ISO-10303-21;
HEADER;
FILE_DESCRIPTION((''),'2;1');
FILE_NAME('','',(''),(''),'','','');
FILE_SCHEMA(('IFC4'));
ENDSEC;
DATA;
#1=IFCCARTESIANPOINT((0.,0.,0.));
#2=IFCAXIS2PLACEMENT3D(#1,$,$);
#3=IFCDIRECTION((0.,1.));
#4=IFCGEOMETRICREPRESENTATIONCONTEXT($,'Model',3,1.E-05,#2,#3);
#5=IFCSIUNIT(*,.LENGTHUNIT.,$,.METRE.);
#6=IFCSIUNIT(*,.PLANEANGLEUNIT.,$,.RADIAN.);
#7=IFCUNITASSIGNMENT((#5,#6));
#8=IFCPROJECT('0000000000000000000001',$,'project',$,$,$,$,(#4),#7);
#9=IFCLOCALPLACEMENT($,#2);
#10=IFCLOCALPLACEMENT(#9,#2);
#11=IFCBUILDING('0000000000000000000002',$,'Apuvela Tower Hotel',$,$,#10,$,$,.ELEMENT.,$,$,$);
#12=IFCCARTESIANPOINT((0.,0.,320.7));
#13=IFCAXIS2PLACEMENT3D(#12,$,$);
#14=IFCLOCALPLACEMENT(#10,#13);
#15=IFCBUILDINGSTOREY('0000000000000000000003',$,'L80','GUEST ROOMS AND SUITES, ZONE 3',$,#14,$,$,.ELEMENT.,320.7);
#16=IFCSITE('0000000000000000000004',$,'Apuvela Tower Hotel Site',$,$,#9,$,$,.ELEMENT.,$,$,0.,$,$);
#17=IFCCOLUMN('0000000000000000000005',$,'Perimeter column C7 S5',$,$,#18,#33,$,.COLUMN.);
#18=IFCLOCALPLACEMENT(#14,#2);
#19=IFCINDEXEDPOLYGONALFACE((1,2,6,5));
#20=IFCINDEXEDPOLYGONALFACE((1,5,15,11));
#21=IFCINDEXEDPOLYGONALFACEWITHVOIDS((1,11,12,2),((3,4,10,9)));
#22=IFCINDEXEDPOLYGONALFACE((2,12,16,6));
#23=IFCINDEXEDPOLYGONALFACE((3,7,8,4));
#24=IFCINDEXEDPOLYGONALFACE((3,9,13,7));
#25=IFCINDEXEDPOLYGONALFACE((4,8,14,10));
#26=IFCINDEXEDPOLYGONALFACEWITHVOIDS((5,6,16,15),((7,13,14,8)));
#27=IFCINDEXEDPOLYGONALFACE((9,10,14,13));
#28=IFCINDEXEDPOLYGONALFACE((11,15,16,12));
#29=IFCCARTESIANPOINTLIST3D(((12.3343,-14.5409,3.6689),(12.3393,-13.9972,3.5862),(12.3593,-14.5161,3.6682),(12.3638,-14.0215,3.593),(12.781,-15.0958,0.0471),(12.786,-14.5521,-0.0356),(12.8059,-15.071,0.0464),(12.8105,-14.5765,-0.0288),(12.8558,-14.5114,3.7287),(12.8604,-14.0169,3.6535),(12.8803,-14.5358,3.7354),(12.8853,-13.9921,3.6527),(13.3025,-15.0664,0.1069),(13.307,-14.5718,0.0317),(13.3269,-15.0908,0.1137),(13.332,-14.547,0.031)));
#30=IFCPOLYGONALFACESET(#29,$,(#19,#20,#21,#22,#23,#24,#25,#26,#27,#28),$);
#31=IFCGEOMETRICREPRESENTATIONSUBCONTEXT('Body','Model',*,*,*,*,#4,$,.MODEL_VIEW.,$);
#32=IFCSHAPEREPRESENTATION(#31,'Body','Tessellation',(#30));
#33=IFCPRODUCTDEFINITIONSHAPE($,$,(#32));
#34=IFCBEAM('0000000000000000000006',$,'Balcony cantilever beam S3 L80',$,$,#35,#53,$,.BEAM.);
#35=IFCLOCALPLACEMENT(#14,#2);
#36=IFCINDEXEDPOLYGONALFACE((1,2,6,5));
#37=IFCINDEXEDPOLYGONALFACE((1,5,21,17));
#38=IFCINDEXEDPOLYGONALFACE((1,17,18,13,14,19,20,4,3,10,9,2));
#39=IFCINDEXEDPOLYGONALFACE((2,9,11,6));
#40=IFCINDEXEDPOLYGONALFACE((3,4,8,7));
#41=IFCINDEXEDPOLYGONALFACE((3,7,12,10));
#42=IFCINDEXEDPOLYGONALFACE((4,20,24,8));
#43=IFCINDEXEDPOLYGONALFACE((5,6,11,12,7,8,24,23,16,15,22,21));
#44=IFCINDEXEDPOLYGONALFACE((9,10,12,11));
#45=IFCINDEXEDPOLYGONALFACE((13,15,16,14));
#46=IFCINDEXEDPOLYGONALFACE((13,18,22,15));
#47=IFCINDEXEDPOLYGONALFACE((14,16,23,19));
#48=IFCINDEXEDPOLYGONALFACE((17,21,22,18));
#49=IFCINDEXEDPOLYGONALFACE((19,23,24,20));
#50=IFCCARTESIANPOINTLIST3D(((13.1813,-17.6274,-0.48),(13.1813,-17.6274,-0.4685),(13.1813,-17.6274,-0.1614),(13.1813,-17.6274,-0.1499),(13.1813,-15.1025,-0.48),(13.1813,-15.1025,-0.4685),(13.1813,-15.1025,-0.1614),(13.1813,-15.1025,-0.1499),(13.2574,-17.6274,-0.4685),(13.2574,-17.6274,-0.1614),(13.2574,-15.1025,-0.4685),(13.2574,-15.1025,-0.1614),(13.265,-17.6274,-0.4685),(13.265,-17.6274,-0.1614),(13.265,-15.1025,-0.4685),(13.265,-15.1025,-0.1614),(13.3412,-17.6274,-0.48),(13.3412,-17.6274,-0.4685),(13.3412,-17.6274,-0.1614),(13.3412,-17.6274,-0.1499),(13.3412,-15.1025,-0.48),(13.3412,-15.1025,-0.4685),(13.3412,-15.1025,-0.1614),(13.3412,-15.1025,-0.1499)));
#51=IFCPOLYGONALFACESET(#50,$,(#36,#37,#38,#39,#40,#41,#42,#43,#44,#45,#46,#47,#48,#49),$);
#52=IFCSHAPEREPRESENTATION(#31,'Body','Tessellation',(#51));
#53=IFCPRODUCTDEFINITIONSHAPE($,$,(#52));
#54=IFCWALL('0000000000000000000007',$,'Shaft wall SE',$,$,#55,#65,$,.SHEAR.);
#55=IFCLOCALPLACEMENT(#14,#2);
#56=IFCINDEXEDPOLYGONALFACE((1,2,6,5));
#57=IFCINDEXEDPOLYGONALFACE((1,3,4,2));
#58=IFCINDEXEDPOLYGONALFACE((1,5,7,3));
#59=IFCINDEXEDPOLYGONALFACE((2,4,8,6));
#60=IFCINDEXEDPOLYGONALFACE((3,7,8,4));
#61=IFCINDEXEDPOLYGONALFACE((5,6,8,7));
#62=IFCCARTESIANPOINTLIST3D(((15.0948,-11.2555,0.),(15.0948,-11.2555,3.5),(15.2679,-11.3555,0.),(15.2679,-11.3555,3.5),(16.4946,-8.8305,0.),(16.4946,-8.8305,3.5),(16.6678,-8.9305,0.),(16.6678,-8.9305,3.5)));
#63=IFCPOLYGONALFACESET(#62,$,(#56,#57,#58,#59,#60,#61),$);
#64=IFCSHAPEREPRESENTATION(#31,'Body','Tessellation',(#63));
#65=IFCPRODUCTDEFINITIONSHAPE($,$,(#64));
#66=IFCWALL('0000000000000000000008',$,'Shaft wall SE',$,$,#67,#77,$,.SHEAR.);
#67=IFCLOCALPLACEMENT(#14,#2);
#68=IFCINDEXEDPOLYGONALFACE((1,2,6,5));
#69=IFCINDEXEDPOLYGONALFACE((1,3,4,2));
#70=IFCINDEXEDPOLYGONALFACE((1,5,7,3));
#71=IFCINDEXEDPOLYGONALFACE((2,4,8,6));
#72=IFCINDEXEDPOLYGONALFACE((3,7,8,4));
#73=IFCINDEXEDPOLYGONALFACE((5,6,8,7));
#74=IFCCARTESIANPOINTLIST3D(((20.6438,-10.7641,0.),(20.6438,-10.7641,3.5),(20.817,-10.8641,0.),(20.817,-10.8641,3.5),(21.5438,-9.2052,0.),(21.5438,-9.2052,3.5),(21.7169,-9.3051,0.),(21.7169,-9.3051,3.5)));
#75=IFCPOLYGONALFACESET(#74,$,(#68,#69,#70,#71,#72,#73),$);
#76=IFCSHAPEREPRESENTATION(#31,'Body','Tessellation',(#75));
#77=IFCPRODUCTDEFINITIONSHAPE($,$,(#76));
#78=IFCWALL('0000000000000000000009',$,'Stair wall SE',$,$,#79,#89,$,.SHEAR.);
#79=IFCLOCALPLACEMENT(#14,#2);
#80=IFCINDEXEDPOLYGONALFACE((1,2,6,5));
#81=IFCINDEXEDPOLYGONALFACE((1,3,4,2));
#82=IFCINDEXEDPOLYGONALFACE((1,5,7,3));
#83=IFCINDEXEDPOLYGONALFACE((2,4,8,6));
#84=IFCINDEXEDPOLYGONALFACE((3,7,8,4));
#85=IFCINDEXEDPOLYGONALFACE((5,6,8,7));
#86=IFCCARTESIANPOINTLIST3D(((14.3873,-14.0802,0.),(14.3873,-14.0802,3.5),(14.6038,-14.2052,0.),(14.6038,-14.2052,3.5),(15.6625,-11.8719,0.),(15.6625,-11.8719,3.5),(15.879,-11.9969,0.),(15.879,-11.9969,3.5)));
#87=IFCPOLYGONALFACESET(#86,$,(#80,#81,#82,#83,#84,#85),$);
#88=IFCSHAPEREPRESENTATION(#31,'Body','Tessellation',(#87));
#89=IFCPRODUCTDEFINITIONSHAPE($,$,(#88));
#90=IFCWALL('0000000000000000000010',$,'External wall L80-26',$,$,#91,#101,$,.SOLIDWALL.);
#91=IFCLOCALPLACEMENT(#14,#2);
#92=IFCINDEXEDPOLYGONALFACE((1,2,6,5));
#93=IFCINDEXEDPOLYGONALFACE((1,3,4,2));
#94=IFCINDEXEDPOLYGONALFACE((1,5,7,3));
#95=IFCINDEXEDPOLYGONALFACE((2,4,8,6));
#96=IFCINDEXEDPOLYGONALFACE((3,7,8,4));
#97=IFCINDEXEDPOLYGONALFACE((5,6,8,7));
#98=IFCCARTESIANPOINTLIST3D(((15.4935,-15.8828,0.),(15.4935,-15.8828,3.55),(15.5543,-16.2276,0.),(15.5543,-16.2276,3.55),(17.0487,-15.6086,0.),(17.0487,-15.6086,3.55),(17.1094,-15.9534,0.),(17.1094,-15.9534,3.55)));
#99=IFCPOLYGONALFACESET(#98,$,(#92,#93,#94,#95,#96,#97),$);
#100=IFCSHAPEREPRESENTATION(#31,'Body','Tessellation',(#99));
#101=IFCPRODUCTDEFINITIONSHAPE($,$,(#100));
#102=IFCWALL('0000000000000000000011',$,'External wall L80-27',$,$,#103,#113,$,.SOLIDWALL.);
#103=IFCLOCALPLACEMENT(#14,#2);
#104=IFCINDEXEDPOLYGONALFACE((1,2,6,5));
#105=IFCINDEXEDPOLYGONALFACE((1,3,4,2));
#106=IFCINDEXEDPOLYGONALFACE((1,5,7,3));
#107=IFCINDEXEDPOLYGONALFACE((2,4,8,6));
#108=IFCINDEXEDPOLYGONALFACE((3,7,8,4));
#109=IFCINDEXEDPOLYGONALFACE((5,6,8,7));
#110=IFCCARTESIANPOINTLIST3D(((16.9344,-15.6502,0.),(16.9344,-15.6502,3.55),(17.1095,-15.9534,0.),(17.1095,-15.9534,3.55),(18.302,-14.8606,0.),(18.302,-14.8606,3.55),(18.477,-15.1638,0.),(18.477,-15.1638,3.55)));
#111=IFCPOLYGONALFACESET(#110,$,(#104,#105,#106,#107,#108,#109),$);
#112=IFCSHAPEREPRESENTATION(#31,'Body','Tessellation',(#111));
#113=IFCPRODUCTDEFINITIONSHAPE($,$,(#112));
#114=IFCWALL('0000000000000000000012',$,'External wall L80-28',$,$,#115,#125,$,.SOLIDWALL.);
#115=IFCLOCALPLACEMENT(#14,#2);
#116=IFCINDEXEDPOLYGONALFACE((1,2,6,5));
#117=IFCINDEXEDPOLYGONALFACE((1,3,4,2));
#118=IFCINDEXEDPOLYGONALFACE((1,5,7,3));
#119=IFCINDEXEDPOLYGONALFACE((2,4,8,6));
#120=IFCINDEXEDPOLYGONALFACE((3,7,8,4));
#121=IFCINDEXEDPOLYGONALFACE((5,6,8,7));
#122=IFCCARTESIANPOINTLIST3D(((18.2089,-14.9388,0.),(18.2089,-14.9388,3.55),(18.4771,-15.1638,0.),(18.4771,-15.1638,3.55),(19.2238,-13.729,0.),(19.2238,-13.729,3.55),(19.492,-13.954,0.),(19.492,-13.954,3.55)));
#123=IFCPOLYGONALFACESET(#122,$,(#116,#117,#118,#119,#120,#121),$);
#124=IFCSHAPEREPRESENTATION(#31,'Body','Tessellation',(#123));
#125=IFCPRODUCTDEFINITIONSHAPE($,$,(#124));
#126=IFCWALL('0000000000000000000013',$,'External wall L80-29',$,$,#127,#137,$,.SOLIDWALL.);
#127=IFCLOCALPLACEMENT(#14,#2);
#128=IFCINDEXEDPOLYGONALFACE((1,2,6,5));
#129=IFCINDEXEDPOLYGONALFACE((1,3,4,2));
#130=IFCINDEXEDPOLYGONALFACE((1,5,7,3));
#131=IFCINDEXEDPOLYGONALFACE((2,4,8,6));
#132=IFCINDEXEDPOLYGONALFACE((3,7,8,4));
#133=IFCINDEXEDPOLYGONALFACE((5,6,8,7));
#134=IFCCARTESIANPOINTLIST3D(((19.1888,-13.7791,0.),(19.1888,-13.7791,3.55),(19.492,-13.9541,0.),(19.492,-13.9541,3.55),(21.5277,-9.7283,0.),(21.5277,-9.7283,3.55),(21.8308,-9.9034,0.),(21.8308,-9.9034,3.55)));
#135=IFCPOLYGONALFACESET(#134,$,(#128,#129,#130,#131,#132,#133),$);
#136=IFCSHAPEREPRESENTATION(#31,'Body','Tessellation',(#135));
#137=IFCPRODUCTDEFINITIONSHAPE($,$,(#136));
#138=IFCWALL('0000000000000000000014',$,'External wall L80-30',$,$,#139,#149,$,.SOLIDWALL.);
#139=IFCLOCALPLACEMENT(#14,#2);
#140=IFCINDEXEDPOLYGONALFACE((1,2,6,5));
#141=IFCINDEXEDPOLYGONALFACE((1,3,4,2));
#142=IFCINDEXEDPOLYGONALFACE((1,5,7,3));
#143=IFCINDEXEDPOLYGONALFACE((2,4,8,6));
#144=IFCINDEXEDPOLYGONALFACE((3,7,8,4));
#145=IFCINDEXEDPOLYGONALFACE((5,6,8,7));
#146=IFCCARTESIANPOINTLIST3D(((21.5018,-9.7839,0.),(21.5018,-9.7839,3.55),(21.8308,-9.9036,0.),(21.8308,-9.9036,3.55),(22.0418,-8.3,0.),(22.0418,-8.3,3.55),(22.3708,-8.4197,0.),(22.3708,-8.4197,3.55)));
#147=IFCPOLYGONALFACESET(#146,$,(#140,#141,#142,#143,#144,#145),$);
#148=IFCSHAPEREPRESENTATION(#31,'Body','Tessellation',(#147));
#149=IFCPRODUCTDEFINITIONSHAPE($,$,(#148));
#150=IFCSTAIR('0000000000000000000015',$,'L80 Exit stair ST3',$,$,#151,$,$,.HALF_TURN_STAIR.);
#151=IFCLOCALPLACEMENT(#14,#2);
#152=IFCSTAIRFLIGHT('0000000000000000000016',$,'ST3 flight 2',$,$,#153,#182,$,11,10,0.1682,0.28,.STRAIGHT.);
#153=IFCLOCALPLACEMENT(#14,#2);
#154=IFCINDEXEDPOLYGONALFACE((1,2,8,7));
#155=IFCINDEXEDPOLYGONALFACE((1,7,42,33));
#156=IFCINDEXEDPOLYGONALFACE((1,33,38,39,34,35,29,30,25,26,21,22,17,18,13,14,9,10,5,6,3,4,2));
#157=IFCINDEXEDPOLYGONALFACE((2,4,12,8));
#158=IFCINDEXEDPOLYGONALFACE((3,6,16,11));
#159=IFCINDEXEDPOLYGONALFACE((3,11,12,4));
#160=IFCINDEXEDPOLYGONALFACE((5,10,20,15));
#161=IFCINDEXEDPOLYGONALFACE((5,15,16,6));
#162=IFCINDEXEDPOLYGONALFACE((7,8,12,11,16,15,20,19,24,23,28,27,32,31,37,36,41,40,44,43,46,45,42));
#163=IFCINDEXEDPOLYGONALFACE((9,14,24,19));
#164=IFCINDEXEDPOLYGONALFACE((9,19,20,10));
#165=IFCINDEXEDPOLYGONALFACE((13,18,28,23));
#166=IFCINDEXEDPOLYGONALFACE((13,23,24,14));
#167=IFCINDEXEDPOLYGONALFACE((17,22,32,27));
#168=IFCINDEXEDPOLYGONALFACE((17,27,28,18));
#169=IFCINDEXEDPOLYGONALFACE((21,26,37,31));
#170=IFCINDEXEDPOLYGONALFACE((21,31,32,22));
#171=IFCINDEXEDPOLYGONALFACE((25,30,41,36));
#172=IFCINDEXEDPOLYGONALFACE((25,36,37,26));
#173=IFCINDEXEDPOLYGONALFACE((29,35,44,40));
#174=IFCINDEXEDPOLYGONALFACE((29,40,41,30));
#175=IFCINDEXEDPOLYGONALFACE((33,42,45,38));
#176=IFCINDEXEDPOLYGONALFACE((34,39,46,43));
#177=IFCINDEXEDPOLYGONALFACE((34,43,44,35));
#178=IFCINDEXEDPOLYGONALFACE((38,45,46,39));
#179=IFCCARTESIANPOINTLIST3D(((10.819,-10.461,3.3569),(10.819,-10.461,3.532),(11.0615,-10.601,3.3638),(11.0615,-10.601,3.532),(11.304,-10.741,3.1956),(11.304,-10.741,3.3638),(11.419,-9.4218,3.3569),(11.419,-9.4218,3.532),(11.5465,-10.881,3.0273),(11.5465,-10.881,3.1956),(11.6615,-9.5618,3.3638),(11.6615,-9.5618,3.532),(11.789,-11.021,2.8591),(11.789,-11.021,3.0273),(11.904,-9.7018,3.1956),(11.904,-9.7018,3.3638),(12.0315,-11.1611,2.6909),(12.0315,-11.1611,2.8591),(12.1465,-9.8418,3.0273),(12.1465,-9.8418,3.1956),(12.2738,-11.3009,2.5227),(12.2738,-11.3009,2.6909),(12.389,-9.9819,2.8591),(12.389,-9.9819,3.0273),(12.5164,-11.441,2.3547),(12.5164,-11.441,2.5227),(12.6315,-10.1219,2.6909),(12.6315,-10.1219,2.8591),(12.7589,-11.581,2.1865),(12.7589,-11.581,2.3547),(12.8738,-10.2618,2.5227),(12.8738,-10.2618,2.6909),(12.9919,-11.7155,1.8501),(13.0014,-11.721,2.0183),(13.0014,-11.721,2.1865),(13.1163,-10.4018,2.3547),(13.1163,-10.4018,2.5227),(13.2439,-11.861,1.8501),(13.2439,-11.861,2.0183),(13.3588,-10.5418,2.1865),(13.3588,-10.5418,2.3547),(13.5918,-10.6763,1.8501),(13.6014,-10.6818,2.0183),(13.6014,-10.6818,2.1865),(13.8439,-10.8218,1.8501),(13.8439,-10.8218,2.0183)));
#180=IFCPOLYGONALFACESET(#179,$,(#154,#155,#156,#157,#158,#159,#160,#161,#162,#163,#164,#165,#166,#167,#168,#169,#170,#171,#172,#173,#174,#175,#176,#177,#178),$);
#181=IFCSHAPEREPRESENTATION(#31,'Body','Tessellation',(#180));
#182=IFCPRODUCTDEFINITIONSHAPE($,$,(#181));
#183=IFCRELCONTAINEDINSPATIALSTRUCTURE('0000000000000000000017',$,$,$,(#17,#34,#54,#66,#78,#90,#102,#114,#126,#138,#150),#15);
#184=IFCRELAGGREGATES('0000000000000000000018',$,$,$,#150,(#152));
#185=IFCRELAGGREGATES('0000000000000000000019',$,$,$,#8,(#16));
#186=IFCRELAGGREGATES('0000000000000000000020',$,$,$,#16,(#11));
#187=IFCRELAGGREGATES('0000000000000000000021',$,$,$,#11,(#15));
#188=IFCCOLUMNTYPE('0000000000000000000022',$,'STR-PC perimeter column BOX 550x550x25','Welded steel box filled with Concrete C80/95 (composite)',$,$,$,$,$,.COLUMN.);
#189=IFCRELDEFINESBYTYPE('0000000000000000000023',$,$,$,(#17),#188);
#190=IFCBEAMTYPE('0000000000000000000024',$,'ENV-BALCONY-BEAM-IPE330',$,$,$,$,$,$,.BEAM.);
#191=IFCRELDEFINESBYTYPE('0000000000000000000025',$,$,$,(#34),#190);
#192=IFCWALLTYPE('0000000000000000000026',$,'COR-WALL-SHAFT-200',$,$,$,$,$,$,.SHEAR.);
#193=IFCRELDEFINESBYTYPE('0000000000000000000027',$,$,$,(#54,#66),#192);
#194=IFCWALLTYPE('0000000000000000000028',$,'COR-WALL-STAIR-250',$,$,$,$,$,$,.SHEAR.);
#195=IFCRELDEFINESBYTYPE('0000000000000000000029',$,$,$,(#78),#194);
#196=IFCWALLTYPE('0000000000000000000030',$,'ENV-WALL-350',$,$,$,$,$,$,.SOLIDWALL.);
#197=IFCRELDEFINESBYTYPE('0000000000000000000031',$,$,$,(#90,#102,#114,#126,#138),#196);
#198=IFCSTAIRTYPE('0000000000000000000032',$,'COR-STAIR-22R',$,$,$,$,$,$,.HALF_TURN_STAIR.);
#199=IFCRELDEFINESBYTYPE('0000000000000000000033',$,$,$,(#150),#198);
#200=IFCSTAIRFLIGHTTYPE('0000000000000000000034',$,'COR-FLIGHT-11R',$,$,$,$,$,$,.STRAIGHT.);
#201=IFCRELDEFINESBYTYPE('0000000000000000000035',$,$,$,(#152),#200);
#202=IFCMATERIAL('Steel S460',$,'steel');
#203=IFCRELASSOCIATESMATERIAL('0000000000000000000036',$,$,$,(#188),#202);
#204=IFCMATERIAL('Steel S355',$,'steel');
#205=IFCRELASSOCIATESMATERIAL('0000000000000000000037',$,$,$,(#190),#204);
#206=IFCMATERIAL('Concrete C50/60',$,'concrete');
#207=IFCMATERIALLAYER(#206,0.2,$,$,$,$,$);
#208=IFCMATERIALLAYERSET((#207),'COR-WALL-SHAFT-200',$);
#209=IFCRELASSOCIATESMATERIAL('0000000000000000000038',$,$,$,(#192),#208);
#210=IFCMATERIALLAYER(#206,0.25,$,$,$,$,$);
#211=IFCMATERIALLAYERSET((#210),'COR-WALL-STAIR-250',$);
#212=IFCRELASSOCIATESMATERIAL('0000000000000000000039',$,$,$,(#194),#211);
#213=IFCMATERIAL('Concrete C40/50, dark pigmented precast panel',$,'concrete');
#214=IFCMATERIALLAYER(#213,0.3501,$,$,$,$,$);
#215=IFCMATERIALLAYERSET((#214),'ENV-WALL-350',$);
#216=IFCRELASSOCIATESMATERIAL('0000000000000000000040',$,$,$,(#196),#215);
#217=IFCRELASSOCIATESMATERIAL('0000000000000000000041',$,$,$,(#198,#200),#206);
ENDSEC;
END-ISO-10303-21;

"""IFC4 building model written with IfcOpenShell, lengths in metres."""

from ifc_helpers import new_model, si_unit, direction, frame, frame_2d, origin, origin_2d, place, context, subcontext, project, spatial, polyline, rectangle, hollow_rectangle, i_section, outline, extrude, boolean, halfspace, material, layer, layer_set, material_profile, profile_set, type_object, element, aggregate, save


model = new_model("IFC4")

# Units and contexts
model_context = context("Model", 3, precision=1e-05, world=origin(), true_north=direction((0.0, 1.0)))
body_context = subcontext(model_context, "Body", "Model", "MODEL_VIEW")
ifc_project = project(units=[si_unit("LENGTHUNIT", "METRE"), si_unit("PLANEANGLEUNIT", "RADIAN")], contexts=[model_context])

# Site, building, storey
site_placement = place(None, origin())
site = spatial("IfcSite", under=ifc_project, at=site_placement, Name="Apuvela Tower Hotel Site", CompositionType="ELEMENT", RefElevation=0.0)
building_placement = place(site_placement, origin())
building = spatial("IfcBuilding", under=site, at=building_placement, Name="Apuvela Tower Hotel", CompositionType="ELEMENT")
storey_placement = place(building_placement, frame((0.0, 0.0, 320.7)))
storey = spatial("IfcBuildingStorey", under=building, at=storey_placement, Name="L80", Description="GUEST ROOMS AND SUITES, ZONE 3", CompositionType="ELEMENT", Elevation=320.7)

# Column
ifc_material_1 = material(Name="Steel S460", Category="steel")
ifc_material_2 = material(Name="Concrete C80/95", Category="concrete")
ifc_material_profile_1 = material_profile(ifc_material_1, hollow_rectangle(XDim=0.55, YDim=0.55, WallThickness=0.0249, at=origin_2d()), Name="BOX 550x550x25")
ifc_material_profile_2 = material_profile(ifc_material_2, rectangle(XDim=0.5, YDim=0.5, at=origin_2d()), Name="Concrete C80/95 infill")
ifc_profile_set_1 = profile_set([ifc_material_profile_1, ifc_material_profile_2], Name="Steel S460")
column_type_1 = type_object("IfcColumnType", Name="STR-PC perimeter column BOX 550x550x25", Description="Welded steel box filled with Concrete C80/95 (composite)", PredefinedType="COLUMN", material=ifc_profile_set_1)
column_1_placement = place(storey_placement, frame((13.0613, -14.8274, 0.0), z_axis=(-0.121007, 0.150336, 0.981201), x_axis=(0.99261, 0.00925, 0.120997)))
element("IfcColumn", 1, at=column_1_placement, inside=storey, type_object=column_type_1, Name="Perimeter column C7 S5", PredefinedType="COLUMN", context=body_context, shape_type="SweptSolid", body=[
    boolean("DIFFERENCE", boolean("DIFFERENCE", extrude(hollow_rectangle(XDim=0.55, YDim=0.55, WallThickness=0.0249, at=origin_2d()), origin(), (0.0, 0.0, 1.0), 3.7708), halfspace(frame((0.0, 0.0, 0.0398), z_axis=(0.0, 0.0, 1.0), x_axis=(1.0, 0.0, 0.0)), True)), halfspace(frame((0.0, 0.0, 3.731), z_axis=(0.0, 0.0, 1.0), x_axis=(1.0, 0.0, 0.0)), False)),
])

# Beam
ifc_material_3 = material(Name="Steel S355", Category="steel")
ifc_material_profile_3 = material_profile(ifc_material_3, i_section(OverallWidth=0.1599, OverallDepth=0.3301, WebThickness=0.0076, FlangeThickness=0.0115, at=origin_2d()), Name="IPE 330")
ifc_profile_set_2 = profile_set([ifc_material_profile_3], Name="Steel S355")
beam_type = type_object("IfcBeamType", Name="ENV-BALCONY-BEAM-IPE330", PredefinedType="BEAM", material=ifc_profile_set_2)
beam_placement = place(storey_placement, frame((13.2612, -15.1025, -0.3149), z_axis=(0.0, -1.0, 0.0), x_axis=(1.0, 0.0, 0.0)))
element("IfcBeam", 2, at=beam_placement, inside=storey, type_object=beam_type, Name="Balcony cantilever beam S3 L80", PredefinedType="BEAM", context=body_context, shape_type="SweptSolid", body=[
    extrude(i_section(OverallWidth=0.1599, OverallDepth=0.3301, WebThickness=0.0076, FlangeThickness=0.0115, at=origin_2d()), origin(), (0.0, 0.0, 1.0), 2.5249),
])

# Walls
ifc_material_4 = material(Name="Concrete C50/60", Category="concrete")
ifc_layer_1 = layer(ifc_material_4, 0.2)
ifc_layer_set_1 = layer_set([ifc_layer_1], Name="COR-WALL-SHAFT-200")
wall_type_1 = type_object("IfcWallType", Name="COR-WALL-SHAFT-200", PredefinedType="SHEAR", material=ifc_layer_set_1)
wall_1_placement = place(storey_placement, frame((15.1814, -11.3054, 0.0), z_axis=(0.0, 0.0, 1.0), x_axis=(0.499946, 0.866056, 0.0)))
element("IfcWall", 3, at=wall_1_placement, inside=storey, type_object=wall_type_1, Name="Shaft wall SE", PredefinedType="SHEAR", context=body_context, shape_type="SweptSolid", body=[
    extrude(rectangle(XDim=2.8, YDim=0.2, at=frame_2d((1.3999, 0.0))), origin(), (0.0, 0.0, 1.0), 3.5),
])
wall_2_placement = place(storey_placement, frame((20.7305, -10.814, 0.0), z_axis=(0.0, 0.0, 1.0), x_axis=(0.499961, 0.866048, 0.0)))
element("IfcWall", 4, at=wall_2_placement, inside=storey, type_object=wall_type_1, Name="Shaft wall SE", PredefinedType="SHEAR", context=body_context, shape_type="SweptSolid", body=[
    extrude(rectangle(XDim=1.8, YDim=0.2, at=frame_2d((0.8999, 0.0))), origin(), (0.0, 0.0, 1.0), 3.5),
])
ifc_layer_2 = layer(ifc_material_4, 0.25)
ifc_layer_set_2 = layer_set([ifc_layer_2], Name="COR-WALL-STAIR-250")
wall_type_2 = type_object("IfcWallType", Name="COR-WALL-STAIR-250", PredefinedType="SHEAR", material=ifc_layer_set_2)
wall_3_placement = place(storey_placement, frame((14.4956, -14.1426, 0.0), z_axis=(0.0, 0.0, 1.0), x_axis=(0.500062, 0.865989, 0.0)))
element("IfcWall", 5, at=wall_3_placement, inside=storey, type_object=wall_type_2, Name="Stair wall SE", PredefinedType="SHEAR", context=body_context, shape_type="SweptSolid", body=[
    extrude(rectangle(XDim=2.55, YDim=0.25, at=frame_2d((1.2749, 0.0))), origin(), (0.0, 0.0, 1.0), 3.5),
])
ifc_material_5 = material(Name="Concrete C40/50, dark pigmented precast panel", Category="concrete")
ifc_layer_3 = layer(ifc_material_5, 0.3501)
ifc_layer_set_3 = layer_set([ifc_layer_3], Name="ENV-WALL-350")
wall_type_3 = type_object("IfcWallType", Name="ENV-WALL-350", PredefinedType="SOLIDWALL", material=ifc_layer_set_3)
for number, where, z_axis, x_axis, name in (
    (6, (15.5239, -16.0552, 0.0), (0.0, 0.0, 1.0), (0.984813, 0.173618, 0.0), "External wall L80-26"),
    (7, (17.022, -15.8018, 0.0), (0.0, 0.0, 1.0), (0.866008, 0.50003, 0.0), "External wall L80-27"),
    (8, (18.343, -15.0513, 0.0), (0.0, 0.0, 1.0), (0.642721, 0.766101, 0.0), "External wall L80-28"),
):
    element("IfcWall", number, at=place(storey_placement, frame(where, z_axis=z_axis, x_axis=x_axis)), inside=storey, type_object=wall_type_3, Name=name, PredefinedType="SOLIDWALL", context=body_context, shape_type="SweptSolid", body=[
        extrude(rectangle(XDim=1.5791, YDim=0.3501, at=frame_2d((0.7896, 0.0))), origin(), (0.0, 0.0, 1.0), 3.55),
    ])
wall_4_placement = place(storey_placement, frame((19.3403, -13.8667, 0.0), z_axis=(0.0, 0.0, 1.0), x_axis=(0.500024, 0.866012, 0.0)))
element("IfcWall", 9, at=wall_4_placement, inside=storey, type_object=wall_type_3, Name="External wall L80-29", PredefinedType="SOLIDWALL", context=body_context, shape_type="SweptSolid", body=[
    extrude(rectangle(XDim=4.6775, YDim=0.3501, at=frame_2d((2.3389, 0.0))), origin(), (0.0, 0.0, 1.0), 3.55),
])
wall_5_placement = place(storey_placement, frame((21.6663, -9.8438, 0.0), z_axis=(0.0, 0.0, 1.0), x_axis=(0.341991, 0.939703, 0.0)))
element("IfcWall", 10, at=wall_5_placement, inside=storey, type_object=wall_type_3, Name="External wall L80-30", PredefinedType="SOLIDWALL", context=body_context, shape_type="SweptSolid", body=[
    extrude(rectangle(XDim=1.5791, YDim=0.3501, at=frame_2d((0.7896, 0.0))), origin(), (0.0, 0.0, 1.0), 3.55),
])

# Stair, stair flight
stair_type = type_object("IfcStairType", Name="COR-STAIR-22R", PredefinedType="HALF_TURN_STAIR", material=ifc_material_4)
stair_placement = place(storey_placement, origin())
stair = element("IfcStair", 11, at=stair_placement, inside=storey, type_object=stair_type, Name="L80 Exit stair ST3", PredefinedType="HALF_TURN_STAIR")
stair_flight_type = type_object("IfcStairFlightType", Name="COR-FLIGHT-11R", PredefinedType="STRAIGHT", material=ifc_material_4)
stair_flight_placement = place(storey_placement, frame((13.5439, -11.3413, 1.8501), z_axis=(0.0, 0.0, 1.0), x_axis=(-0.866025, 0.5, 0.0)))
stair_flight = element("IfcStairFlight", 12, at=stair_flight_placement, type_object=stair_flight_type, Name="ST3 flight 2", NumberOfRisers=11, NumberOfTreads=10, PredefinedType="STRAIGHT", RiserHeight=0.1682, TreadLength=0.28, context=body_context, shape_type="SweptSolid", body=[
    extrude(outline(polyline([(0.0, 0.0), (0.0, 0.1682), (0.28, 0.1682), (0.28, 0.3364), (0.5601, 0.3364), (0.5601, 0.5046), (0.8401, 0.5046), (0.8401, 0.6726), (1.1201, 0.6726), (1.1201, 0.8408), (1.3999, 0.8408), (1.3999, 1.009), (1.6799, 1.009), (1.6799, 1.1772), (1.96, 1.1772), (1.96, 1.3455), (2.24, 1.3455), (2.24, 1.5137), (2.52, 1.5137), (2.52, 1.6819), (2.8, 1.6819), (2.8, 1.8501), (2.8, 1.5068), (0.291, 0.0), (0.0, 0.0)])), frame((0.0, 0.6001, 0.0), z_axis=(0.0, -1.0, 0.0), x_axis=(1.0, 0.0, 0.0)), (0.0, 0.0, 1.0), 1.2),
])
aggregate(stair, [stair_flight])

save(model, "model.ifc")
